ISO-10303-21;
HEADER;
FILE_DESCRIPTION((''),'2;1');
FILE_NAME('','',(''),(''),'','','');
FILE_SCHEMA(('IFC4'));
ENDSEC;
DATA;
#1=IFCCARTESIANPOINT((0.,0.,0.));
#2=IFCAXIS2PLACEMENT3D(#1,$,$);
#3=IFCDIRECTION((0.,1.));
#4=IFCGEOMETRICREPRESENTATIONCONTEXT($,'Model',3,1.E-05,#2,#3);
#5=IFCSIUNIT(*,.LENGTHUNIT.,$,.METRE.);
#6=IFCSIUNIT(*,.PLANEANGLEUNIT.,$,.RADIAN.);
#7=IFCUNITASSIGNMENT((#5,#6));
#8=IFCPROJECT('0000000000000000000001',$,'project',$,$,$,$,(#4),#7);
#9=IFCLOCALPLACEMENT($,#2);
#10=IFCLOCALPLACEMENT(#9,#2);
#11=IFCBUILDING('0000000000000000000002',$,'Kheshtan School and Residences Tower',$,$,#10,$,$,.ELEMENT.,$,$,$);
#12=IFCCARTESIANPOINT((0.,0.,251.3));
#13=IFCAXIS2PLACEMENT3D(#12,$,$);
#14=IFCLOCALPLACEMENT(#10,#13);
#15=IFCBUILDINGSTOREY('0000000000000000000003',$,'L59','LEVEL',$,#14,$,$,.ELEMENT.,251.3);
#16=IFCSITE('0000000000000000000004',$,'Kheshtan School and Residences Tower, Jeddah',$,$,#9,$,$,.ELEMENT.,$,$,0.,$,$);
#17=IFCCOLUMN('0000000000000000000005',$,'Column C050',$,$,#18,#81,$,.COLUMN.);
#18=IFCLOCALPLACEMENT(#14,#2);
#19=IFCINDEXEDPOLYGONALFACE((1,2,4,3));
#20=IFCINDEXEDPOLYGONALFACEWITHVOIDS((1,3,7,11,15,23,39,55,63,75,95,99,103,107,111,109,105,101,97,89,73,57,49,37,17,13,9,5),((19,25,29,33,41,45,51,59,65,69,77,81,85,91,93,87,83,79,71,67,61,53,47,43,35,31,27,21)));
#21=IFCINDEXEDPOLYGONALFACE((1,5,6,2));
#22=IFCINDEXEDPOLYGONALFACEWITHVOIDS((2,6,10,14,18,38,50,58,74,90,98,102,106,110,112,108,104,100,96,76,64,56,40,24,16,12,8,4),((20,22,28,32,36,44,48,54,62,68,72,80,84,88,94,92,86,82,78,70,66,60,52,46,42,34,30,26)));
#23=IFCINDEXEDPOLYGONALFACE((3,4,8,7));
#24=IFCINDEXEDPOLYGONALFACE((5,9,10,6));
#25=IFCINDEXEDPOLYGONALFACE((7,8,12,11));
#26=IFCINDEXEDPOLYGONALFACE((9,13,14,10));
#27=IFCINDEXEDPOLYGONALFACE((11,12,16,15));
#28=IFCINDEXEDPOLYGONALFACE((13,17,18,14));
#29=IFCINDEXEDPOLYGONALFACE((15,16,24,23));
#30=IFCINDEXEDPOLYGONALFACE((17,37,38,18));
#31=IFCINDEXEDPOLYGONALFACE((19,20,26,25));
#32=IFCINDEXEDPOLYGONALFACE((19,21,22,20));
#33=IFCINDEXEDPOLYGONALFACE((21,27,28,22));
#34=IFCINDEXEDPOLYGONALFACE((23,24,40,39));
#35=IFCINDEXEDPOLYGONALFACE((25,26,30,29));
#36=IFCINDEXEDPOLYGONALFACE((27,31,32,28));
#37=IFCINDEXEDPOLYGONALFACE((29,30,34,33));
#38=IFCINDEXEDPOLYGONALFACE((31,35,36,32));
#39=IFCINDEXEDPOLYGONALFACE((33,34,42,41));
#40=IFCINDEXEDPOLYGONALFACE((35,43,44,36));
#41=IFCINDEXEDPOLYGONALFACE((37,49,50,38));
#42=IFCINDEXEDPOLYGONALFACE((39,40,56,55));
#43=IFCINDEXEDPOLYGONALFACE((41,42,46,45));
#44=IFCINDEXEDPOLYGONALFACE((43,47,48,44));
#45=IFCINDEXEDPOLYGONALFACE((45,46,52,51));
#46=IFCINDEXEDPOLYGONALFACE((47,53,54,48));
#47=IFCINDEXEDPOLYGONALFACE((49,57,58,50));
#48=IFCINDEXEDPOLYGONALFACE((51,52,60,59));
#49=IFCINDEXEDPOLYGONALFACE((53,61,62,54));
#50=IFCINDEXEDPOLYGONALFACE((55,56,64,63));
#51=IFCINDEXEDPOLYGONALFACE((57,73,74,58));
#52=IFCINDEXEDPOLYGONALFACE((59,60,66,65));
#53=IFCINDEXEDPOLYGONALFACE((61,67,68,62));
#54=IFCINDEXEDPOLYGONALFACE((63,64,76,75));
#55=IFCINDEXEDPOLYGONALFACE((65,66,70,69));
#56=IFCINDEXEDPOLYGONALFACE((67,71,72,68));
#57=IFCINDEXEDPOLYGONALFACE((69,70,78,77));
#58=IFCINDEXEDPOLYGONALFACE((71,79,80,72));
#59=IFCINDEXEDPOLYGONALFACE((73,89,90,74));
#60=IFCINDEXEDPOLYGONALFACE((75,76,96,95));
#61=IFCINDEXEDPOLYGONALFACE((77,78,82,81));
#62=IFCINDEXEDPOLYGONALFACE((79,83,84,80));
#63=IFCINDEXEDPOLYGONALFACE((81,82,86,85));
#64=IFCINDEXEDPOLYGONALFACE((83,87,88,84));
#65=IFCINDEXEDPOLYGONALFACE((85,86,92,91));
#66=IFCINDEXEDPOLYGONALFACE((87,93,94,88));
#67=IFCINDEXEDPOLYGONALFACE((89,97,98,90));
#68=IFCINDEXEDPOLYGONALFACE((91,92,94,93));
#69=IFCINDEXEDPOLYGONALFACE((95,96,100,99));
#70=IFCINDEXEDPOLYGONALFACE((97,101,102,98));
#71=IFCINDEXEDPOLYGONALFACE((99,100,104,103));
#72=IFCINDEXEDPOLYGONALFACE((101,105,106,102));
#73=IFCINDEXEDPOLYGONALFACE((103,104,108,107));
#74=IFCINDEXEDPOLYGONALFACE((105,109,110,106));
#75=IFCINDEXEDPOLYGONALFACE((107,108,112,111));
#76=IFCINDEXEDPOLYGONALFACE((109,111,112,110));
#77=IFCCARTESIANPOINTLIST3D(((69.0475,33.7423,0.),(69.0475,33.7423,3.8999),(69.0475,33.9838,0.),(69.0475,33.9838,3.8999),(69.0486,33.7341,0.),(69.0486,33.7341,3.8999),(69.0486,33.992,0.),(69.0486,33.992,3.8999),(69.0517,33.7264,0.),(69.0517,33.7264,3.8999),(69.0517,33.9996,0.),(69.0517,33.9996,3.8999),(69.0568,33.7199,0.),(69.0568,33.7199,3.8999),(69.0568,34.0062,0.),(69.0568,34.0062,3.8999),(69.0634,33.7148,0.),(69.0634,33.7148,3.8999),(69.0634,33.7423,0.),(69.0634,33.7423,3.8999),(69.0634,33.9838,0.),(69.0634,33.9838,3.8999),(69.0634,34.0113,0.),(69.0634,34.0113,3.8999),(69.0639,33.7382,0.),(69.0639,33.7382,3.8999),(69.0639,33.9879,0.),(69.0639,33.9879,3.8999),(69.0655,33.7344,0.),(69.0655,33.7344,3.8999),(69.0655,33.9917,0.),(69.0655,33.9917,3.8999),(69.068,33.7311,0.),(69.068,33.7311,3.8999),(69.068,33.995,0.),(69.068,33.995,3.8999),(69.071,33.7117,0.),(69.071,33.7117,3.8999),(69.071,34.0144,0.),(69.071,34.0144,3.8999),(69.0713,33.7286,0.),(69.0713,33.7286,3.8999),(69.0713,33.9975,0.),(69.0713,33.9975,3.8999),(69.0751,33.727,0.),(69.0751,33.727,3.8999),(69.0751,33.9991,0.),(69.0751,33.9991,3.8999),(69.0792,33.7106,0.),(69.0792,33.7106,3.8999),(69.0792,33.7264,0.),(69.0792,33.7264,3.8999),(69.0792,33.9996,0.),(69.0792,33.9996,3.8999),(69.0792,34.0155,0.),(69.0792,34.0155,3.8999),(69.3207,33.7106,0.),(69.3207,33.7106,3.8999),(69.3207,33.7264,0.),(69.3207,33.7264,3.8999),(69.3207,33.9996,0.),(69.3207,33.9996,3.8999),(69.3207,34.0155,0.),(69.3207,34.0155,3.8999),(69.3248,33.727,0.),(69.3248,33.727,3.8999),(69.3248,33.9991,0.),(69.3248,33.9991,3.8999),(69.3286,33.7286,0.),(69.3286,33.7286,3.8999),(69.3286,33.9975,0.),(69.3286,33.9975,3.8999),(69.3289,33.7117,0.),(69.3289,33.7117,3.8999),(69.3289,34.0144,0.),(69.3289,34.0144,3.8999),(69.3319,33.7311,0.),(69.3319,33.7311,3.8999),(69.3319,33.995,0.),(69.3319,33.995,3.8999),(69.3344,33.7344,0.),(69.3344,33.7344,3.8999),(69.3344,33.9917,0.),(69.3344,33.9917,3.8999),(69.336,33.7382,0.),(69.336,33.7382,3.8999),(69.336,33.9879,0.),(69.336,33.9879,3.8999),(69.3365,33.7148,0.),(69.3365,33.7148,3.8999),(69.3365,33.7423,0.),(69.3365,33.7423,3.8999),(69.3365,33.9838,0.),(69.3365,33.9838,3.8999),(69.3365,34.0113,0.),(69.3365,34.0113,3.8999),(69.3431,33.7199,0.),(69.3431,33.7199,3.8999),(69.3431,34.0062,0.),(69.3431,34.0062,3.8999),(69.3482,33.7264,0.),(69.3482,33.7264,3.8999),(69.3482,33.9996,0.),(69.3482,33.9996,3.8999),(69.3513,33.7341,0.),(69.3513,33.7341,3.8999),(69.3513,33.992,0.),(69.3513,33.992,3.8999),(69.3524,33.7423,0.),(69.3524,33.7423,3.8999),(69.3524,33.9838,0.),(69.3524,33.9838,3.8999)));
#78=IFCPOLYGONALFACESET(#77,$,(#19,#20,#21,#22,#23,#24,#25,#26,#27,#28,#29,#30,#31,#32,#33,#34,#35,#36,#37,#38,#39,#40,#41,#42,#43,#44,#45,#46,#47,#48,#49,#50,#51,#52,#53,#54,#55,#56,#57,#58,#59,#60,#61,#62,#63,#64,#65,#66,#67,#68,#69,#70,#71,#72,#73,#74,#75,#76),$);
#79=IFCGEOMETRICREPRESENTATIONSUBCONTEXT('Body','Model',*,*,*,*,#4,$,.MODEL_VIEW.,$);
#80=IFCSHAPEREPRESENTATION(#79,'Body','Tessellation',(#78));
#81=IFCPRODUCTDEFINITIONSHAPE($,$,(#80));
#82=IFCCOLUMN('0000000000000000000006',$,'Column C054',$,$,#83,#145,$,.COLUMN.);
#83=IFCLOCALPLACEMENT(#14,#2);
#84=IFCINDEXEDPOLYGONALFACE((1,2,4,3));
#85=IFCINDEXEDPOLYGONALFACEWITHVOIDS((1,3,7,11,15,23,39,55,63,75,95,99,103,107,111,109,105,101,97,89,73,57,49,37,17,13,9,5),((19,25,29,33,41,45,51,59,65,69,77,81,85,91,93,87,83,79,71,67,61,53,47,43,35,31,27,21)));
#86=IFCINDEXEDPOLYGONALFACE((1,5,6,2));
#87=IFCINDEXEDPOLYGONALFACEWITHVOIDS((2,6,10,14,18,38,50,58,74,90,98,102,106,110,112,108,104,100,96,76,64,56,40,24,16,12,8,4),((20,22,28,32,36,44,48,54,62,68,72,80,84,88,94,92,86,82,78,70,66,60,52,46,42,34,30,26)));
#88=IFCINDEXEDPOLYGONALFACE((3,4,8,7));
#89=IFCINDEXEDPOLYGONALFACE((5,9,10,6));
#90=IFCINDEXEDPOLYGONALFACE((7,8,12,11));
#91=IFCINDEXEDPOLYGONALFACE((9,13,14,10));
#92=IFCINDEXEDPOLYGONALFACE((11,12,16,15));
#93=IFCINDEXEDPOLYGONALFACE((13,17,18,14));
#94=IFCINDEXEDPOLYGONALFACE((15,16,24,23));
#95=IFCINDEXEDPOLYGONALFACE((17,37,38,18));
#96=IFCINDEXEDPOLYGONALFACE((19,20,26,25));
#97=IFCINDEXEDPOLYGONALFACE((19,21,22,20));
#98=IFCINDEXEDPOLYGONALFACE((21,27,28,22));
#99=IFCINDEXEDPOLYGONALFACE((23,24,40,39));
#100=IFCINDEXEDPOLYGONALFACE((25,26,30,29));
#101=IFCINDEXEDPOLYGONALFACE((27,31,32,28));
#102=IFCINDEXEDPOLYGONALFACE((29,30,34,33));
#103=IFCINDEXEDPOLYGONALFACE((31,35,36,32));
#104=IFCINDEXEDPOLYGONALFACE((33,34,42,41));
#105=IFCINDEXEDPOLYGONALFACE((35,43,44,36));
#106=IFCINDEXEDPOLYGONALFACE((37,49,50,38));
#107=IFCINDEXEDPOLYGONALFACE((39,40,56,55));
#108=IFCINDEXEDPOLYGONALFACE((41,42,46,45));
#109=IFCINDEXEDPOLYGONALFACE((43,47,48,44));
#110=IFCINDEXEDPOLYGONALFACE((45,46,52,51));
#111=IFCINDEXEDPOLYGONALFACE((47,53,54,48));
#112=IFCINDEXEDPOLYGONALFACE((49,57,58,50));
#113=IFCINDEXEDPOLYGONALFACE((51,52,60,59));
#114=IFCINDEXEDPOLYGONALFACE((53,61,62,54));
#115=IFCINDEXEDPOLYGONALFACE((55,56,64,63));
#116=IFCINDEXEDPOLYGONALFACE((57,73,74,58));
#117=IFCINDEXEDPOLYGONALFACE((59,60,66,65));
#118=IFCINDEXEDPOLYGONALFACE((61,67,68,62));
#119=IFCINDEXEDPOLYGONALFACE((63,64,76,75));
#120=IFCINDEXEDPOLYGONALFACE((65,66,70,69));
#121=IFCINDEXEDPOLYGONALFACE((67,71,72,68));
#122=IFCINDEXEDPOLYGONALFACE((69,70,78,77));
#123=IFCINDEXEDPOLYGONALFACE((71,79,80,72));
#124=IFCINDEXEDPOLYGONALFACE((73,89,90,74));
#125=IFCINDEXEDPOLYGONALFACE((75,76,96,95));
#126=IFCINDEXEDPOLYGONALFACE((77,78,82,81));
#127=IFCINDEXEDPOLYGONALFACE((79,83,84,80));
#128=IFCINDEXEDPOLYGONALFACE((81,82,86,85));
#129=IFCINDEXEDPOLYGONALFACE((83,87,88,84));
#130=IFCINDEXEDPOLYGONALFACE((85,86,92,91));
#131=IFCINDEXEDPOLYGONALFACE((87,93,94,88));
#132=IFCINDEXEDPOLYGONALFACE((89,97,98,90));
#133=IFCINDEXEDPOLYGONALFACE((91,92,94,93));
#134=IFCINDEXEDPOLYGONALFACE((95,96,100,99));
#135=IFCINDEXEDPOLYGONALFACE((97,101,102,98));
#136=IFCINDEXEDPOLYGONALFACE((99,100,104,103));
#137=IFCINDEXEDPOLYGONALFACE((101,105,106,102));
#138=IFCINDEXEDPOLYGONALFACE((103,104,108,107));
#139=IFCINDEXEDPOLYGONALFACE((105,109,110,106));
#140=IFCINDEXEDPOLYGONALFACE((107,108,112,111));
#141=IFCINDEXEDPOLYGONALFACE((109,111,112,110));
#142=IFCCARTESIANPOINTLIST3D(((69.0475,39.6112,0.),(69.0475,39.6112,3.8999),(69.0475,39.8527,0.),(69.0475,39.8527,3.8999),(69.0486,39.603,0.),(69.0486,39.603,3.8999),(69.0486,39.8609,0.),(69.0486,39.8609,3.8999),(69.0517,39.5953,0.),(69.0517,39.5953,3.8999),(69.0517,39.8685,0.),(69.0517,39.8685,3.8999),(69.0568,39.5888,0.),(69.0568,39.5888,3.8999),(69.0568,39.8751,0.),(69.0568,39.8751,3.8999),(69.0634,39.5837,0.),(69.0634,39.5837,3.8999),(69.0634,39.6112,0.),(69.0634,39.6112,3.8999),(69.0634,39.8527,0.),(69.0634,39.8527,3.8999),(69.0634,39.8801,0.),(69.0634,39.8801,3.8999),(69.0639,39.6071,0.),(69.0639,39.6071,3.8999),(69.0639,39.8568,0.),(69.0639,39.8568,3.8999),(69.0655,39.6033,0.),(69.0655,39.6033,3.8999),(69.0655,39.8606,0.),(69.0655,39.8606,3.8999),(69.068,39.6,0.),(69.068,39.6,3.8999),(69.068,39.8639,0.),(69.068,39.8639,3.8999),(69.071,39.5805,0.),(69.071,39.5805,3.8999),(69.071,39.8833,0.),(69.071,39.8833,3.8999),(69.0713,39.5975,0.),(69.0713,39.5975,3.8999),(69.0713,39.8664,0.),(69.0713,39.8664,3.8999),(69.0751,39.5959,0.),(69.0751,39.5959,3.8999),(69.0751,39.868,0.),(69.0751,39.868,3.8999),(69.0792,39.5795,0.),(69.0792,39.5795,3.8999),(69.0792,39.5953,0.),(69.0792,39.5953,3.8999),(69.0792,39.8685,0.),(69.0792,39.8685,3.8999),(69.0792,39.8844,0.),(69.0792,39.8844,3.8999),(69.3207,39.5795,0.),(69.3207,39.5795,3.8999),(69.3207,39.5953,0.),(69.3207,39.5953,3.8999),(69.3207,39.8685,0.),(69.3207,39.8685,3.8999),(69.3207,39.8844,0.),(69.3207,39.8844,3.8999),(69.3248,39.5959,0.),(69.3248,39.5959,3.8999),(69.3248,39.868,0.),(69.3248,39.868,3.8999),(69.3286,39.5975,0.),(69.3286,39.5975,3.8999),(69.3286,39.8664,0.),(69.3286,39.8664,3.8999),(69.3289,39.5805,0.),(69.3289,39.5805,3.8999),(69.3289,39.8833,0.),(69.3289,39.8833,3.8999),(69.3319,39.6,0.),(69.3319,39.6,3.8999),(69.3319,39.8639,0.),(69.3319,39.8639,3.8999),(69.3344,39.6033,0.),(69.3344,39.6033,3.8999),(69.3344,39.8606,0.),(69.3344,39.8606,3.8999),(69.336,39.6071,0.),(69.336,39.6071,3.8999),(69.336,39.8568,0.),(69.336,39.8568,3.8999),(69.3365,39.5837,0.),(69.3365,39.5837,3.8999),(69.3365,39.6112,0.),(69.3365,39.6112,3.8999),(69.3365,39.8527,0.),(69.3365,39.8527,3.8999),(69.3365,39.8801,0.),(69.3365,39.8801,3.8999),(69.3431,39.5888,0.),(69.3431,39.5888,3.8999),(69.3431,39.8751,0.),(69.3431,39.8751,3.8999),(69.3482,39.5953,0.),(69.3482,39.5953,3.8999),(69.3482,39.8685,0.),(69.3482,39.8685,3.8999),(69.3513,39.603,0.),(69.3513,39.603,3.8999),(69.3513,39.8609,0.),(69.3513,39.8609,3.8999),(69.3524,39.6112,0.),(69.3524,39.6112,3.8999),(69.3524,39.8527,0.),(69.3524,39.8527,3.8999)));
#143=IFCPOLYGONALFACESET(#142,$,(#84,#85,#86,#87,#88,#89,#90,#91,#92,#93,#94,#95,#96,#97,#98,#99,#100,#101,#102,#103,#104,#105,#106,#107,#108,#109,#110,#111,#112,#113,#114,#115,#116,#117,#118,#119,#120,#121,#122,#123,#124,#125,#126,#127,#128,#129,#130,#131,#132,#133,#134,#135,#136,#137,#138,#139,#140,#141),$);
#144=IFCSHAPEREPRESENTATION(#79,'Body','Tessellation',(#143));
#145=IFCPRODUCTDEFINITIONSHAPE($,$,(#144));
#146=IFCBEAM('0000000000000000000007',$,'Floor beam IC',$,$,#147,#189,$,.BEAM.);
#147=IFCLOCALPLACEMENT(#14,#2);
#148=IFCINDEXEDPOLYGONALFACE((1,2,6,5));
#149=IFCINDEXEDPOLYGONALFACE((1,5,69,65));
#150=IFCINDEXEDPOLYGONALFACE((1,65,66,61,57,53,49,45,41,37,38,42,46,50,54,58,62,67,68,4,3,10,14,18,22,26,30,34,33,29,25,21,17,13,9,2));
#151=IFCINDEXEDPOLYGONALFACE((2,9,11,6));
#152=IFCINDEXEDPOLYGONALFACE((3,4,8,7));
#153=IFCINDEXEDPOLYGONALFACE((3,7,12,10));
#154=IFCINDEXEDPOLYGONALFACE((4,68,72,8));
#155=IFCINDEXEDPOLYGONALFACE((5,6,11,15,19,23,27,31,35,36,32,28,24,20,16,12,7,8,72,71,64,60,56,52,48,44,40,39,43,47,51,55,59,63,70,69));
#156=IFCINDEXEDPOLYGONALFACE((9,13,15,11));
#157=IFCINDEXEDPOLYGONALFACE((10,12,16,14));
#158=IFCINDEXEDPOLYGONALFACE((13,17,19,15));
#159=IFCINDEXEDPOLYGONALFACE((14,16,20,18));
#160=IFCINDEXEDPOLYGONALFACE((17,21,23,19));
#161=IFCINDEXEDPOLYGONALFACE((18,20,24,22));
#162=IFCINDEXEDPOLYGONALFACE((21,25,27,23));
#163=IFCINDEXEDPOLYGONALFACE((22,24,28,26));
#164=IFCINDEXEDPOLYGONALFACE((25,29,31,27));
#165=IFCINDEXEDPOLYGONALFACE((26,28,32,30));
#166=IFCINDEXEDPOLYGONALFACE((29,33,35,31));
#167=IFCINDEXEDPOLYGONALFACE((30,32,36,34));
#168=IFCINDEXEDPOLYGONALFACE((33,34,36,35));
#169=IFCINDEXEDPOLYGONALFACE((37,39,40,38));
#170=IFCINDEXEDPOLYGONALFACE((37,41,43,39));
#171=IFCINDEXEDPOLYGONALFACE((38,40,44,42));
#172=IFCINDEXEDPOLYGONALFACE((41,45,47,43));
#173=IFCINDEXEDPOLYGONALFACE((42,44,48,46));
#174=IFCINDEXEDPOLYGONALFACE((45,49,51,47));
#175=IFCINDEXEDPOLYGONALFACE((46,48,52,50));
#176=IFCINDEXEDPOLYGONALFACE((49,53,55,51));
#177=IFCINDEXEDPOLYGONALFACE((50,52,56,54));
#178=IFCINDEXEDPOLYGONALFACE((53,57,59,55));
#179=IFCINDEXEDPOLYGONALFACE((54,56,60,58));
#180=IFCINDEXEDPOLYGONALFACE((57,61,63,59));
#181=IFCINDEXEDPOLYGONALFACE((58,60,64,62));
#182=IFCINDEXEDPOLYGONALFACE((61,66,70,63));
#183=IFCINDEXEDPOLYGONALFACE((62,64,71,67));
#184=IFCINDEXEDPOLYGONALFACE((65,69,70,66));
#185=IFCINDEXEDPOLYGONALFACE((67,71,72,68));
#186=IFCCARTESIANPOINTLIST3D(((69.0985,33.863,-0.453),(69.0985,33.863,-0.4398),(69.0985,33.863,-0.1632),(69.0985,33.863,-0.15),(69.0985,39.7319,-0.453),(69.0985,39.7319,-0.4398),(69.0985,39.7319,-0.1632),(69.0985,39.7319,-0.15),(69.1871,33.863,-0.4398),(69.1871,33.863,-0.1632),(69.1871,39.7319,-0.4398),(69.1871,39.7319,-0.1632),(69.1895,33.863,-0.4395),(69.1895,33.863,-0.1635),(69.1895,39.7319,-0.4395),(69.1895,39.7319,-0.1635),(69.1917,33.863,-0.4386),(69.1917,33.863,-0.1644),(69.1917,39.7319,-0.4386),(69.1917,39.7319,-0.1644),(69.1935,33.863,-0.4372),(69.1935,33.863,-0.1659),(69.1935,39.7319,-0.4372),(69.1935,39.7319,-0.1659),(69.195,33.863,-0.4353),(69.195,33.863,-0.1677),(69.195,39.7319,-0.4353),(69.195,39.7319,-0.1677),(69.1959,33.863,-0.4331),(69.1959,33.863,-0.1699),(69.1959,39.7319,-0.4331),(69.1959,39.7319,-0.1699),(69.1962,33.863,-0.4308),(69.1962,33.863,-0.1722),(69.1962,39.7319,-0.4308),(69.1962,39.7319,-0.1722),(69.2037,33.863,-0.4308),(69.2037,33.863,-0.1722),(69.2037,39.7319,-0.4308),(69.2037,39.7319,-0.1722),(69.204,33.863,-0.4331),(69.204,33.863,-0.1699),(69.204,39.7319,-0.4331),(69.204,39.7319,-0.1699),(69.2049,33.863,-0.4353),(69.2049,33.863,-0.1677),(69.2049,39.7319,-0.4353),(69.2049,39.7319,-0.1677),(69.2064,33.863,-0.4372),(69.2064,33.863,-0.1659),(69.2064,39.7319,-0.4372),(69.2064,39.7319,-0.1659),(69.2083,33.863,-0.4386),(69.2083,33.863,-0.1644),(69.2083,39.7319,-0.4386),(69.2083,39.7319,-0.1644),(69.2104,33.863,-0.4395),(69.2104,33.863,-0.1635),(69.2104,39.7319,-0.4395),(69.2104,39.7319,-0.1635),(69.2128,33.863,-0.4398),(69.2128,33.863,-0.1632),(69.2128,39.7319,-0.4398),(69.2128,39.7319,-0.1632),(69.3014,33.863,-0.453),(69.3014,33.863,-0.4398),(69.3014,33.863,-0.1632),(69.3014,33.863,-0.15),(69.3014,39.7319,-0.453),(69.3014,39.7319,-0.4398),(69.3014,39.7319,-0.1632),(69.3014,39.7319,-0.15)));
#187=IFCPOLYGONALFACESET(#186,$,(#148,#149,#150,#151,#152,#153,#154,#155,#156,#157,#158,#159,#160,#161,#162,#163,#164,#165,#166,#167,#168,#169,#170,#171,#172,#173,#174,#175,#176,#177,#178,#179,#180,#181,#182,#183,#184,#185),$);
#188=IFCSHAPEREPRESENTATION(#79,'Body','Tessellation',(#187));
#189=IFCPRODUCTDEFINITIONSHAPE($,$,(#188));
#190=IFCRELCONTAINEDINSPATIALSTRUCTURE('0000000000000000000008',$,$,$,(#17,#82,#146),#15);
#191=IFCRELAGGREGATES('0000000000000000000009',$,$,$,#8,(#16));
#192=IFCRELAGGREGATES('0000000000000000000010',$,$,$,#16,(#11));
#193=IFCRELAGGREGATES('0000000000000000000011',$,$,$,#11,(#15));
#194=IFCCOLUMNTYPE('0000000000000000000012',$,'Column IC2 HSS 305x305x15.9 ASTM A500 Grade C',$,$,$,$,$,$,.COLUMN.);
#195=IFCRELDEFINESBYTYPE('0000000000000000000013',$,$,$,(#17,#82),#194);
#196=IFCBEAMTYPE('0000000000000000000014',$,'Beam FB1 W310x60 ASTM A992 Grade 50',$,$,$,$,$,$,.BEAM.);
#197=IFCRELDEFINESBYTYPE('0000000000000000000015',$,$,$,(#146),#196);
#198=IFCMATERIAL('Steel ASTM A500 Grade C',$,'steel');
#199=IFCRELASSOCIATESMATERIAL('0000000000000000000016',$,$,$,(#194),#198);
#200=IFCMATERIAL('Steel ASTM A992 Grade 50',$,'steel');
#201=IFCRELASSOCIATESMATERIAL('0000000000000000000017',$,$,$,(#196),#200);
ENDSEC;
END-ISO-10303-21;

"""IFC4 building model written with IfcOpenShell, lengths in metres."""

from ifc_helpers import new_model, si_unit, direction, frame, origin, origin_2d, place, context, subcontext, project, spatial, hollow_rectangle, i_section, extrude, material, material_profile, profile_set, type_object, element, save


model = new_model("IFC4")

# Units and contexts
model_context = context("Model", 3, precision=1e-05, world=origin(), true_north=direction((0.0, 1.0)))
body_context = subcontext(model_context, "Body", "Model", "MODEL_VIEW")
ifc_project = project(units=[si_unit("LENGTHUNIT", "METRE"), si_unit("PLANEANGLEUNIT", "RADIAN")], contexts=[model_context])

# Site, building, storey
site_placement = place(None, origin())
site = spatial("IfcSite", under=ifc_project, at=site_placement, Name="Kheshtan School and Residences Tower, Jeddah", CompositionType="ELEMENT", RefElevation=0.0)
building_placement = place(site_placement, origin())
building = spatial("IfcBuilding", under=site, at=building_placement, Name="Kheshtan School and Residences Tower", CompositionType="ELEMENT")
storey_placement = place(building_placement, frame((0.0, 0.0, 251.3)))
storey = spatial("IfcBuildingStorey", under=building, at=storey_placement, Name="L59", Description="LEVEL", CompositionType="ELEMENT", Elevation=251.3)

# Columns
ifc_material_1 = material(Name="Steel ASTM A500 Grade C", Category="steel")
ifc_material_profile_1 = material_profile(ifc_material_1, hollow_rectangle(XDim=0.3049, YDim=0.3049, WallThickness=0.0159, InnerFilletRadius=0.0159, OuterFilletRadius=0.0317, at=origin_2d()), Name="HSS 305x305x15.9")
ifc_profile_set_1 = profile_set([ifc_material_profile_1], Name="Steel ASTM A500 Grade C")
column_type = type_object("IfcColumnType", Name="Column IC2 HSS 305x305x15.9 ASTM A500 Grade C", PredefinedType="COLUMN", material=ifc_profile_set_1)
for number, where, z_axis, x_axis, name in (
    (1, (69.2, 33.863, 0.0), (0.0, 0.0, 1.0), (1.0, 0.0, 0.0), "Column C050"),
    (2, (69.2, 39.7319, 0.0), (0.0, 0.0, 1.0), (1.0, 0.0, 0.0), "Column C054"),
):
    element("IfcColumn", number, at=place(storey_placement, frame(where, z_axis=z_axis, x_axis=x_axis)), inside=storey, type_object=column_type, Name=name, PredefinedType="COLUMN", context=body_context, shape_type="SweptSolid", body=[
        extrude(hollow_rectangle(XDim=0.3049, YDim=0.3049, WallThickness=0.0159, InnerFilletRadius=0.0159, OuterFilletRadius=0.0317, at=origin_2d()), origin(), (0.0, 0.0, 1.0), 3.8999),
    ])

# Beam
ifc_material_2 = material(Name="Steel ASTM A992 Grade 50", Category="steel")
ifc_material_profile_2 = material_profile(ifc_material_2, i_section(OverallWidth=0.2029, OverallDepth=0.303, WebThickness=0.0076, FlangeThickness=0.0132, FilletRadius=0.009, at=origin_2d()), Name="W310x60")
ifc_profile_set_2 = profile_set([ifc_material_profile_2], Name="Steel ASTM A992 Grade 50")
beam_type = type_object("IfcBeamType", Name="Beam FB1 W310x60 ASTM A992 Grade 50", PredefinedType="BEAM", material=ifc_profile_set_2)
beam_placement = place(storey_placement, frame((69.2, 33.863, -0.3015), z_axis=(0.0, 1.0, 0.0), x_axis=(-1.0, 0.0, 0.0)))
element("IfcBeam", 3, at=beam_placement, inside=storey, type_object=beam_type, Name="Floor beam IC", PredefinedType="BEAM", context=body_context, shape_type="SweptSolid", body=[
    extrude(i_section(OverallWidth=0.2029, OverallDepth=0.303, WebThickness=0.0076, FlangeThickness=0.0132, FilletRadius=0.009, at=origin_2d()), origin(), (0.0, 0.0, 1.0), 5.8689),
])

save(model, "model.ifc")
